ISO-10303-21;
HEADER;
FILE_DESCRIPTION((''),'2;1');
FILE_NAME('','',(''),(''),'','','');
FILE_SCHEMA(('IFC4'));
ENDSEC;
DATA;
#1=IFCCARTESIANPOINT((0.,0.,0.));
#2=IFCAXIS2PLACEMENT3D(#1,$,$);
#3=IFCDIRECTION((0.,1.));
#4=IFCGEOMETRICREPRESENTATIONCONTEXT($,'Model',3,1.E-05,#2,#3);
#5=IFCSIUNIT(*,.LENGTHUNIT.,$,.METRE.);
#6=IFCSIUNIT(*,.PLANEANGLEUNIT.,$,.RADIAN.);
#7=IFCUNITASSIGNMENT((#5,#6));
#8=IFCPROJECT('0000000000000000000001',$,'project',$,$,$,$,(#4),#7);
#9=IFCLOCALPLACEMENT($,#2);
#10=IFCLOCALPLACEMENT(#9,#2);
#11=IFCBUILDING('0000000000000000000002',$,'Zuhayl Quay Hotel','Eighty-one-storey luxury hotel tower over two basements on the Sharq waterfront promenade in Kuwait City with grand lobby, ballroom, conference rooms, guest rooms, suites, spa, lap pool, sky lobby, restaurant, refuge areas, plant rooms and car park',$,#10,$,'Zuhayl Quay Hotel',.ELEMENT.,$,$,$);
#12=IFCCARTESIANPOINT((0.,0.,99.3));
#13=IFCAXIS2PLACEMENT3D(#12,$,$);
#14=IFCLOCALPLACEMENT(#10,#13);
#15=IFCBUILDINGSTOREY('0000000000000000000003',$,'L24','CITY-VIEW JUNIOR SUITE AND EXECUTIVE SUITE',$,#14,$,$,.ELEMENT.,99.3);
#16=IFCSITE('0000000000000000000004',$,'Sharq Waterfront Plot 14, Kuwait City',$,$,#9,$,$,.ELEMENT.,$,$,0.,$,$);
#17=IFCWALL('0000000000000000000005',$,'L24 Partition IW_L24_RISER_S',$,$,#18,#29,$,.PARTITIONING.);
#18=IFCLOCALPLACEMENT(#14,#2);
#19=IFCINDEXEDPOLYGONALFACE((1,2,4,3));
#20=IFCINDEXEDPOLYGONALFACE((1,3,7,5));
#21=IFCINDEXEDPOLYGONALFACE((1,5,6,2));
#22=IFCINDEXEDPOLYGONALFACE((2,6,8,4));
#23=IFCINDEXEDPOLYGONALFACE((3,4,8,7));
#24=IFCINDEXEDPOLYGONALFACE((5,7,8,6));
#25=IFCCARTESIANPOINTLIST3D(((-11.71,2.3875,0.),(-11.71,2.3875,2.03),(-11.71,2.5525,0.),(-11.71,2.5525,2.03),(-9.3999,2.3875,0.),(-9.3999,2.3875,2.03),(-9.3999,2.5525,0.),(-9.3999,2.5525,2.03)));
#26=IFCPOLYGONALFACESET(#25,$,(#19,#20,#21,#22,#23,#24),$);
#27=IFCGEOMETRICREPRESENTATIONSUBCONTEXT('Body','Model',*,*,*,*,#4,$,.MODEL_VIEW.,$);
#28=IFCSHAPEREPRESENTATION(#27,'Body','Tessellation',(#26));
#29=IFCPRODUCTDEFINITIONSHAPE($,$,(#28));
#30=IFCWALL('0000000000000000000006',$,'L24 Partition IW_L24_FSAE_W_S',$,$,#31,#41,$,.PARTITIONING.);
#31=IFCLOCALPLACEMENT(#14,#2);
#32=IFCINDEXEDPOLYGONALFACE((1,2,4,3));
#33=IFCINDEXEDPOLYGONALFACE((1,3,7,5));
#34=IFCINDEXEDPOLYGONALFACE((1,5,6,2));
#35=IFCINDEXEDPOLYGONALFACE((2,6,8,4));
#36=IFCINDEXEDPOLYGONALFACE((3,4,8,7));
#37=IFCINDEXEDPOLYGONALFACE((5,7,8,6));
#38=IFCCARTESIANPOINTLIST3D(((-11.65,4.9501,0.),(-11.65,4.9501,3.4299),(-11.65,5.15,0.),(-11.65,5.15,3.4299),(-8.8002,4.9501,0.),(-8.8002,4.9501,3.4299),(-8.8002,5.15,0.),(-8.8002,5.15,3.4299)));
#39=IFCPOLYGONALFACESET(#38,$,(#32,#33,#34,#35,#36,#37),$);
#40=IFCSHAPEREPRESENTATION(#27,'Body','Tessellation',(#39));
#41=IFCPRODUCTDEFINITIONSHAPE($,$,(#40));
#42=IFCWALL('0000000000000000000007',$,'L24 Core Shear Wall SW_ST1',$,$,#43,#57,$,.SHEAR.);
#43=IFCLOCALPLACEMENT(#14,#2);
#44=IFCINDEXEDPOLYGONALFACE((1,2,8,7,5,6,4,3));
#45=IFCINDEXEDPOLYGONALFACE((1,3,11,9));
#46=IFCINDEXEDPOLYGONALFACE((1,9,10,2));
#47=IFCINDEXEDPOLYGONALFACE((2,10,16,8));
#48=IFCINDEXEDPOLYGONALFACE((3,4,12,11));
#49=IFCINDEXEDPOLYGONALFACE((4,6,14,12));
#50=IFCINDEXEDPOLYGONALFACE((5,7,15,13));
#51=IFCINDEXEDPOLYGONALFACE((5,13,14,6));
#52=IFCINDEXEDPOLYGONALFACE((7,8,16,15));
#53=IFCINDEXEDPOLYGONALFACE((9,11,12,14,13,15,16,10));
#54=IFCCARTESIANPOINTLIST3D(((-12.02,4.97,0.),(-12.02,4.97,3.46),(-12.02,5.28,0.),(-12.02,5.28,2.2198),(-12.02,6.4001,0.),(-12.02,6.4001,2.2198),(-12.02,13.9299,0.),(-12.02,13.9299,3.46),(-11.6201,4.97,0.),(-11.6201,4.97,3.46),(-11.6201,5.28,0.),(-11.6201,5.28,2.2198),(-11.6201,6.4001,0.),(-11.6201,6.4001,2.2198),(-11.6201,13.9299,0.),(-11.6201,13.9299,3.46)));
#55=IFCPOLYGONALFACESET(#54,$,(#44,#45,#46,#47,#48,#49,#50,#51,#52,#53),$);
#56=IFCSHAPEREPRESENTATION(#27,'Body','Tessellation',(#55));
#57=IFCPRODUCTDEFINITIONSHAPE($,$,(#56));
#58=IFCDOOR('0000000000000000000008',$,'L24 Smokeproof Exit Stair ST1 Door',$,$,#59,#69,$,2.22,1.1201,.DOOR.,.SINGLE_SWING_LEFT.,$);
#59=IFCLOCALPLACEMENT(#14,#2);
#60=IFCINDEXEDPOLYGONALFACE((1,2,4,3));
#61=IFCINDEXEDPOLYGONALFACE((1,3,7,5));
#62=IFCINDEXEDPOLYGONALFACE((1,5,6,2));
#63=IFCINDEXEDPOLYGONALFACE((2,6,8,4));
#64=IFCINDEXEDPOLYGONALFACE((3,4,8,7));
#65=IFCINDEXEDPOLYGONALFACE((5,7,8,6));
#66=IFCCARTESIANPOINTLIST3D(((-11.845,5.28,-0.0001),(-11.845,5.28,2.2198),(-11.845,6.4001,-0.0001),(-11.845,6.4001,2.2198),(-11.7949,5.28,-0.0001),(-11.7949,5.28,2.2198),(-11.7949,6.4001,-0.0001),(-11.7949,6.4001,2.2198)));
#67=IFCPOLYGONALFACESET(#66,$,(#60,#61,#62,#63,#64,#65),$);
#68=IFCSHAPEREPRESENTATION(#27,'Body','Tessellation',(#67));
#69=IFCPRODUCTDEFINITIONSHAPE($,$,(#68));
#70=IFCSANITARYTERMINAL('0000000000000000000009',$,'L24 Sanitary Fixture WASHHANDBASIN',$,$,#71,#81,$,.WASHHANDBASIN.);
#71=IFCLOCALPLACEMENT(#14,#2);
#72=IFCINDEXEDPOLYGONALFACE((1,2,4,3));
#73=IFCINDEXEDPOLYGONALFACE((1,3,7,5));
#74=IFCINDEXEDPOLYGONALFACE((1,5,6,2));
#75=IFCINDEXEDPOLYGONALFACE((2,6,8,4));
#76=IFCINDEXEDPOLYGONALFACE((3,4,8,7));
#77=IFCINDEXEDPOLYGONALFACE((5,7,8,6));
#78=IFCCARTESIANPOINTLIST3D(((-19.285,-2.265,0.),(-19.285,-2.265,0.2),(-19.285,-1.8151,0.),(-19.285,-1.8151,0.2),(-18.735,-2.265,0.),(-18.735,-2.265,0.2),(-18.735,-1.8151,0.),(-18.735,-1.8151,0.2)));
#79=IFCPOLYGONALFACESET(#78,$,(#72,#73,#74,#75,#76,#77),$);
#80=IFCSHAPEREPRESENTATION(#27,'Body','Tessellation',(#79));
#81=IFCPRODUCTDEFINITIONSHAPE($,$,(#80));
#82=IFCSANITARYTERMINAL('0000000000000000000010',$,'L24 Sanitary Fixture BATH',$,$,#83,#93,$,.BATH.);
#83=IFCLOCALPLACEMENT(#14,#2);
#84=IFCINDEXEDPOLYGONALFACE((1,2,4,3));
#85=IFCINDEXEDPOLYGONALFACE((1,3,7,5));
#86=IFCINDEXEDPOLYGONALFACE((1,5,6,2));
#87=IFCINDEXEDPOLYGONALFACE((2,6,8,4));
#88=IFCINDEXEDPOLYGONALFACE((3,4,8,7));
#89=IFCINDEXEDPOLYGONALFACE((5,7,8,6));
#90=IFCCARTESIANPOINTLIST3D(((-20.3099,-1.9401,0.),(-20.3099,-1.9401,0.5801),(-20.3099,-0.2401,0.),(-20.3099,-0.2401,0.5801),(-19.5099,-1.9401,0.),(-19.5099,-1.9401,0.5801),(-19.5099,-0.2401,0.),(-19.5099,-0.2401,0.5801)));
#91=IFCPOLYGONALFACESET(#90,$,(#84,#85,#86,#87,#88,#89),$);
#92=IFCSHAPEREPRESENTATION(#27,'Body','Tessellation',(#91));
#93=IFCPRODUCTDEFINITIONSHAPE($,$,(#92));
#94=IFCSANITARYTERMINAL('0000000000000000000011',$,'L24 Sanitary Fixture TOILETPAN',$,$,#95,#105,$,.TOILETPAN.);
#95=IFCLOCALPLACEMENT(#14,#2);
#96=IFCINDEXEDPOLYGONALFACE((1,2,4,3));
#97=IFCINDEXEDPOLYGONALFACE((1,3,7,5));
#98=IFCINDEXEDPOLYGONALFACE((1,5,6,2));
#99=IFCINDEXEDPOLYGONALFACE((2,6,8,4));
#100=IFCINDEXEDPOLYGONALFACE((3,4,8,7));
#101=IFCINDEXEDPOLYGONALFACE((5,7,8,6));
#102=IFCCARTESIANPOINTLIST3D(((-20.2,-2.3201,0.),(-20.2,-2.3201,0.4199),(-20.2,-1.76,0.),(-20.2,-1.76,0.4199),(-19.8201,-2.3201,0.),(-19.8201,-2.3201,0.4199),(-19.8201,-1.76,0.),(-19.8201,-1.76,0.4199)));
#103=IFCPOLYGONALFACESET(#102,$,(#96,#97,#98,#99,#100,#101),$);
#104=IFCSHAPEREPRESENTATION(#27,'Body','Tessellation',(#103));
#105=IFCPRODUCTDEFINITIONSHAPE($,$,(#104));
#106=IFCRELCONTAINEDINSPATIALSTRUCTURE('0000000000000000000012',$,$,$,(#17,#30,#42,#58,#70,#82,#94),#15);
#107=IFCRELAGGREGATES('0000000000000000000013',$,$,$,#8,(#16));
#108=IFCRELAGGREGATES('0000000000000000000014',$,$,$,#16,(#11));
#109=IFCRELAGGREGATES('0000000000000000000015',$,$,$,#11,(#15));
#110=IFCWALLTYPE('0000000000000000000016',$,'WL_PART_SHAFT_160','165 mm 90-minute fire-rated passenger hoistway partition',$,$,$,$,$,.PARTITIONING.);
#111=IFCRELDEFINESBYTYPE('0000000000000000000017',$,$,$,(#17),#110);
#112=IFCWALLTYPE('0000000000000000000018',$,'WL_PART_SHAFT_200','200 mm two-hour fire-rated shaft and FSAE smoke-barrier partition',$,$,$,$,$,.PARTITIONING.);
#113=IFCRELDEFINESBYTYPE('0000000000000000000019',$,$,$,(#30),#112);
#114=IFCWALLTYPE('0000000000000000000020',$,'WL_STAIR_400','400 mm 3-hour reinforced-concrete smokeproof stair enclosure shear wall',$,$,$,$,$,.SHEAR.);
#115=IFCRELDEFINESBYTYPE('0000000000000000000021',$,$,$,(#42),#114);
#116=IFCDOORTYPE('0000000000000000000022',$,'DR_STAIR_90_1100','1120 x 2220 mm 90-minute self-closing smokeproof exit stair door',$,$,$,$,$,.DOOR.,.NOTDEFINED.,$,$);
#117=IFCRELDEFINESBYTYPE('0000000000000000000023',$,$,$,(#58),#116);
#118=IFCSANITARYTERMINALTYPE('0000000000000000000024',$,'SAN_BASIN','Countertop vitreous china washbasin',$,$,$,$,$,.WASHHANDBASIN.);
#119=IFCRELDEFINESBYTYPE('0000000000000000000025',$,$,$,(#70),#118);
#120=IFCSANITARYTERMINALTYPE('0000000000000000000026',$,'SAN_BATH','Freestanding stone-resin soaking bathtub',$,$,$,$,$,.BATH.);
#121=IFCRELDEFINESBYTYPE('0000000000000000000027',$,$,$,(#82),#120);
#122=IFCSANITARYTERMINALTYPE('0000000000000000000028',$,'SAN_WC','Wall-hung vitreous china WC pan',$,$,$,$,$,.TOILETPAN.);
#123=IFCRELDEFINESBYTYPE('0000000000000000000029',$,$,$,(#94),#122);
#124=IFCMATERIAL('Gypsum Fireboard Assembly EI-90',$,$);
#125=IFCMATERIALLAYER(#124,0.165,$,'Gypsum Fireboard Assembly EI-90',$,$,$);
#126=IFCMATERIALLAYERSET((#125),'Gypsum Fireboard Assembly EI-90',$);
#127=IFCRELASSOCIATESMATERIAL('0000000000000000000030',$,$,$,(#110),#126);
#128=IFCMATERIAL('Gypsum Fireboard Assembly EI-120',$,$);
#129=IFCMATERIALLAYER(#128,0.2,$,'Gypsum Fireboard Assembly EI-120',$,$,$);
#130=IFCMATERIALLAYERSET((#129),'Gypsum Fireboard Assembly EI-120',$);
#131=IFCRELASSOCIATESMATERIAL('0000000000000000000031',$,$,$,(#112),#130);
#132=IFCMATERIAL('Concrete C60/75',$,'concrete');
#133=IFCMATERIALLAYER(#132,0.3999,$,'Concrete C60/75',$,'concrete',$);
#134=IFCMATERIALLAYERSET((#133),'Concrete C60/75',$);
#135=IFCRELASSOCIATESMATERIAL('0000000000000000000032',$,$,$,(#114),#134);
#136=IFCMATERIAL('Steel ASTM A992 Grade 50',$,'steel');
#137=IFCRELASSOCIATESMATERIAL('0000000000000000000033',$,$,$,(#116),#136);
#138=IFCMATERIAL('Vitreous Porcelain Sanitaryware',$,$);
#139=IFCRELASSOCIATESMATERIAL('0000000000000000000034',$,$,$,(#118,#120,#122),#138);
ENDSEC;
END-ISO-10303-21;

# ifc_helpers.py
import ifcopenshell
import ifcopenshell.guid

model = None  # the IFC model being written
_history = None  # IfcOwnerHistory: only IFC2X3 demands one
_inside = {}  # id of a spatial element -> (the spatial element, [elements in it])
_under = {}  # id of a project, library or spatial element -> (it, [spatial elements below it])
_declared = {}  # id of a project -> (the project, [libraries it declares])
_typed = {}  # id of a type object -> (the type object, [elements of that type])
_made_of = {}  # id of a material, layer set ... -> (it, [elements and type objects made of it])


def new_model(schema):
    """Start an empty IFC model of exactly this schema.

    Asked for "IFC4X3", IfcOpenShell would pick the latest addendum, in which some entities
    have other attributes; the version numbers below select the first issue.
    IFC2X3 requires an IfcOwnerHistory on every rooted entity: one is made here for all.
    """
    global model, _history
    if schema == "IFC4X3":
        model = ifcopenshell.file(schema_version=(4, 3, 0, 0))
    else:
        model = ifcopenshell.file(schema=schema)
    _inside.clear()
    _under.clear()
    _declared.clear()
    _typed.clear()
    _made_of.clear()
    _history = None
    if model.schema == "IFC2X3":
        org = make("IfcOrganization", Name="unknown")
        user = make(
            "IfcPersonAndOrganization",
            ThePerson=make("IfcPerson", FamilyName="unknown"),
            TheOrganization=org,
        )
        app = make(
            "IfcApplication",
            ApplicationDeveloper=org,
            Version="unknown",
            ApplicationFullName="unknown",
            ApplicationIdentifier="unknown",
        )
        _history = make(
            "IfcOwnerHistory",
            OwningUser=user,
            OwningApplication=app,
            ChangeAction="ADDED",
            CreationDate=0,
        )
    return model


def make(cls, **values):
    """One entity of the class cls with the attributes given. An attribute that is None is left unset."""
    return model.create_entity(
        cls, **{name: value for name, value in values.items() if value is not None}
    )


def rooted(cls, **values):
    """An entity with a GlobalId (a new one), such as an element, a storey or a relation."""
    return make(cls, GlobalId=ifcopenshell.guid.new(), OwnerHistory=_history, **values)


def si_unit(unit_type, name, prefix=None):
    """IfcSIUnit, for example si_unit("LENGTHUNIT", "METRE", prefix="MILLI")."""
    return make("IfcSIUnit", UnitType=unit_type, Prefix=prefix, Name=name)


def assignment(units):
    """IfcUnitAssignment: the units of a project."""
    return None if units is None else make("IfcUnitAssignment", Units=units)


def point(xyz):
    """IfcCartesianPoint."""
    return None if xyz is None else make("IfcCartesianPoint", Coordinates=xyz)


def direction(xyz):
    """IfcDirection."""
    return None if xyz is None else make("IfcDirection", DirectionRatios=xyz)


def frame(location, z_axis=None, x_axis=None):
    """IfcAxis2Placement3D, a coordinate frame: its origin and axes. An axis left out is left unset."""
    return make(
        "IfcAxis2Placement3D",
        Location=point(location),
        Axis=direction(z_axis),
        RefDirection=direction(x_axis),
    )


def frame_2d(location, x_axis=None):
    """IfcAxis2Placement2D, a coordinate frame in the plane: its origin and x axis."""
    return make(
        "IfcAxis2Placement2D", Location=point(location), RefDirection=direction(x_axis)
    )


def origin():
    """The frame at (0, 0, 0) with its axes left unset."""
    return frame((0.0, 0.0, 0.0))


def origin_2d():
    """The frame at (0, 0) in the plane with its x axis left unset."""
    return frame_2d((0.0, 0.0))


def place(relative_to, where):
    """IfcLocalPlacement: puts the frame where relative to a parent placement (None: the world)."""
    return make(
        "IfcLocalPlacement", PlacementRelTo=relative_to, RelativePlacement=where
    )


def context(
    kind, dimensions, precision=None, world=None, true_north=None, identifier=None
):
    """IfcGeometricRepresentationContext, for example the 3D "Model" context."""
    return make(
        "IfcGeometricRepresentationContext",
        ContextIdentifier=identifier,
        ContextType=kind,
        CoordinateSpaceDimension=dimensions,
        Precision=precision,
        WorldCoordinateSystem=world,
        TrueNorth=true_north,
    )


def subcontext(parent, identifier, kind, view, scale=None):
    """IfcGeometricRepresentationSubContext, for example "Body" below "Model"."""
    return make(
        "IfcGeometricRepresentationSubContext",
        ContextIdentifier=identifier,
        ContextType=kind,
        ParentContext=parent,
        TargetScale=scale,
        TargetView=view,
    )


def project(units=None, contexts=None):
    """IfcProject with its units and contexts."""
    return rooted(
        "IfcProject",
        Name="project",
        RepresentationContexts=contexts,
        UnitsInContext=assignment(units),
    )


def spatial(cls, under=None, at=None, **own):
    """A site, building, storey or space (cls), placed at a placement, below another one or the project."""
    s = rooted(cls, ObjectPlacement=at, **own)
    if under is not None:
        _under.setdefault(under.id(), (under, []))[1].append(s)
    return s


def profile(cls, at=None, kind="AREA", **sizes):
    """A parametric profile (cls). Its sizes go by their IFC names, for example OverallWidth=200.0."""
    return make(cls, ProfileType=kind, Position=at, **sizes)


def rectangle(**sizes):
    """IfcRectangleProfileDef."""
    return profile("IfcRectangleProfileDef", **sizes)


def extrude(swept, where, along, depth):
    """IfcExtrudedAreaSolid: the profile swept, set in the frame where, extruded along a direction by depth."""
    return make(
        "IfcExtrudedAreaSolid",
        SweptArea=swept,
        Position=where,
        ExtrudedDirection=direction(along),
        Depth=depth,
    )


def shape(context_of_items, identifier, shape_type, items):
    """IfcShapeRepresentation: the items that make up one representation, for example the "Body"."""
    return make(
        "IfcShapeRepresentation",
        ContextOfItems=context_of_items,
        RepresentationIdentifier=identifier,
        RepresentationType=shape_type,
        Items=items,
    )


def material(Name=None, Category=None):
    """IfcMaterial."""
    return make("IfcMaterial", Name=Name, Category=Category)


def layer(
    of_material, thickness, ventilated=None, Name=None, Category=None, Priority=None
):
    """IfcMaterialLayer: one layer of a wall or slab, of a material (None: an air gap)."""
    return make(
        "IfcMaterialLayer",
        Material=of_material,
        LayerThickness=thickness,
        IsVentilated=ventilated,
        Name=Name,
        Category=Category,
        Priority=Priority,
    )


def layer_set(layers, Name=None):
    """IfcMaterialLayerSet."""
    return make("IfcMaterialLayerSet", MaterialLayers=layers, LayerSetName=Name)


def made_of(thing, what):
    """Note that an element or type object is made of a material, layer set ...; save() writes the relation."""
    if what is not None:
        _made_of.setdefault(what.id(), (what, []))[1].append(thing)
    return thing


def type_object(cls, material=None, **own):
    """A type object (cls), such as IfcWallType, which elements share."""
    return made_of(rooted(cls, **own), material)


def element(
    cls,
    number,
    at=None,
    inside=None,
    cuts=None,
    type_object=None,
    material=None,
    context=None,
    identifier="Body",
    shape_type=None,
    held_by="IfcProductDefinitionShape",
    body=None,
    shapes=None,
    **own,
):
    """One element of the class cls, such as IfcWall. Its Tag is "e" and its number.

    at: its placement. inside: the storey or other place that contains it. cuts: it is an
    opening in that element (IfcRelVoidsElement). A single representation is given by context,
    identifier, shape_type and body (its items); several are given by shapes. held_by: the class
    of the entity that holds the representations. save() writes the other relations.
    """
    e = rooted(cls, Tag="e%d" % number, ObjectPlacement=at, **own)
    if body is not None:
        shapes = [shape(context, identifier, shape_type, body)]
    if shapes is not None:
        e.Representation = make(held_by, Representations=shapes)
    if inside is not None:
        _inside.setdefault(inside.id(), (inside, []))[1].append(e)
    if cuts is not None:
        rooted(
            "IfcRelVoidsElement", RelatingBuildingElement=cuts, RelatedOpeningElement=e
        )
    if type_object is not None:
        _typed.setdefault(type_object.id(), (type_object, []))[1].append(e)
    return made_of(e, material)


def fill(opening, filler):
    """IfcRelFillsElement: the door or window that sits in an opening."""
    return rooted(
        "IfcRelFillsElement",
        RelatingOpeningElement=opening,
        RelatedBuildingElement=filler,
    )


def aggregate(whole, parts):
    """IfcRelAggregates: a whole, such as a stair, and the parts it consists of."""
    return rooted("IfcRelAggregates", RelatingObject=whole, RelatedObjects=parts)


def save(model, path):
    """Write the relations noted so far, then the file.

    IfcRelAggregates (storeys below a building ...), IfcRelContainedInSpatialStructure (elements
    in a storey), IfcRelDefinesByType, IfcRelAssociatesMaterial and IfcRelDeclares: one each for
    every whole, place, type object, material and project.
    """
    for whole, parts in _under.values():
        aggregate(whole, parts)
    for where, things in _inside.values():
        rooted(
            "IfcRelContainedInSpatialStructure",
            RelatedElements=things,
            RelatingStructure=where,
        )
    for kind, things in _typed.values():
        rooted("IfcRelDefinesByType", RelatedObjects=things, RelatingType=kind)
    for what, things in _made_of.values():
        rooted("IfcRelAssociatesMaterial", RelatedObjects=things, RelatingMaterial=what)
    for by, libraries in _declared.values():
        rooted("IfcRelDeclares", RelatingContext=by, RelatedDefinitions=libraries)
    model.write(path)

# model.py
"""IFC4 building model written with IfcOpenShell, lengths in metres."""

from ifc_helpers import new_model, si_unit, direction, frame, frame_2d, origin, origin_2d, place, context, subcontext, project, spatial, rectangle, extrude, material, layer, layer_set, type_object, element, fill, save


model = new_model("IFC4")

# Units and contexts
model_context = context("Model", 3, precision=1e-05, world=origin(), true_north=direction((0.0, 1.0)))
body_context = subcontext(model_context, "Body", "Model", "MODEL_VIEW")
ifc_project = project(units=[si_unit("LENGTHUNIT", "METRE"), si_unit("PLANEANGLEUNIT", "RADIAN")], contexts=[model_context])

# Site, building, storey
site_placement = place(None, origin())
site = spatial("IfcSite", under=ifc_project, at=site_placement, Name="Sharq Waterfront Plot 14, Kuwait City", CompositionType="ELEMENT", RefElevation=0.0)
building_placement = place(site_placement, origin())
building = spatial("IfcBuilding", under=site, at=building_placement, Name="Zuhayl Quay Hotel", Description="Eighty-one-storey luxury hotel tower over two basements on the Sharq waterfront promenade in Kuwait City with grand lobby, ballroom, conference rooms, guest rooms, suites, spa, lap pool, sky lobby, restaurant, refuge areas, plant rooms and car park", LongName="Zuhayl Quay Hotel", CompositionType="ELEMENT")
storey_placement = place(building_placement, frame((0.0, 0.0, 99.3)))
storey = spatial("IfcBuildingStorey", under=building, at=storey_placement, Name="L24", Description="CITY-VIEW JUNIOR SUITE AND EXECUTIVE SUITE", CompositionType="ELEMENT", Elevation=99.3)

# Shared definitions
ifc_material_1 = material(Name="Steel ASTM A992 Grade 50", Category="steel")
ifc_material_2 = material(Name="Concrete C60/75", Category="concrete")

# Walls
ifc_material_3 = material(Name="Gypsum Fireboard Assembly EI-90")
ifc_layer_1 = layer(ifc_material_3, 0.165, Name="Gypsum Fireboard Assembly EI-90")
ifc_layer_set_1 = layer_set([ifc_layer_1], Name="Gypsum Fireboard Assembly EI-90")
wall_type_1 = type_object("IfcWallType", Name="WL_PART_SHAFT_160", Description="165 mm 90-minute fire-rated passenger hoistway partition", PredefinedType="PARTITIONING", material=ifc_layer_set_1)
wall_1_placement = place(storey_placement, frame((-11.71, 2.47, 0.0), z_axis=(0.0, 0.0, 1.0), x_axis=(1.0, 0.0, 0.0)))
element("IfcWall", 1, at=wall_1_placement, inside=storey, type_object=wall_type_1, Name="L24 Partition IW_L24_RISER_S", PredefinedType="PARTITIONING", context=body_context, shape_type="SweptSolid", body=[
    extrude(rectangle(XDim=2.3101, YDim=0.165, at=frame_2d((1.155, 0.0))), origin(), (0.0, 0.0, 1.0), 2.03),
])
ifc_material_4 = material(Name="Gypsum Fireboard Assembly EI-120")
ifc_layer_2 = layer(ifc_material_4, 0.2, Name="Gypsum Fireboard Assembly EI-120")
ifc_layer_set_2 = layer_set([ifc_layer_2], Name="Gypsum Fireboard Assembly EI-120")
wall_type_2 = type_object("IfcWallType", Name="WL_PART_SHAFT_200", Description="200 mm two-hour fire-rated shaft and FSAE smoke-barrier partition", PredefinedType="PARTITIONING", material=ifc_layer_set_2)
wall_2_placement = place(storey_placement, frame((-11.6499, 5.05, 0.0), z_axis=(0.0, 0.0, 1.0), x_axis=(1.0, 0.0, 0.0)))
element("IfcWall", 2, at=wall_2_placement, inside=storey, type_object=wall_type_2, Name="L24 Partition IW_L24_FSAE_W_S", PredefinedType="PARTITIONING", context=body_context, shape_type="SweptSolid", body=[
    extrude(rectangle(XDim=2.8499, YDim=0.2, at=frame_2d((1.4248, 0.0))), origin(), (0.0, 0.0, 1.0), 3.4299),
])

# Wall, opening, door
ifc_layer_3 = layer(ifc_material_2, 0.3999, Name="Concrete C60/75", Category="concrete")
ifc_layer_set_3 = layer_set([ifc_layer_3], Name="Concrete C60/75")
wall_type_3 = type_object("IfcWallType", Name="WL_STAIR_400", Description="400 mm 3-hour reinforced-concrete smokeproof stair enclosure shear wall", PredefinedType="SHEAR", material=ifc_layer_set_3)
wall_3_placement = place(storey_placement, frame((-11.8201, 4.97, 0.0), z_axis=(0.0, 0.0, 1.0), x_axis=(0.0, 1.0, 0.0)))
wall_3 = element("IfcWall", 3, at=wall_3_placement, inside=storey, type_object=wall_type_3, Name="L24 Core Shear Wall SW_ST1", PredefinedType="SHEAR", context=body_context, shape_type="SweptSolid", body=[
    extrude(rectangle(XDim=8.96, YDim=0.3999, at=frame_2d((4.48, 0.0))), origin(), (0.0, 0.0, 1.0), 3.46),
])
opening_1_placement = place(wall_3_placement, frame((0.3101, 0.0, 0.0)))
opening_1 = element("IfcOpeningElement", 4, at=opening_1_placement, cuts=wall_3, PredefinedType="OPENING", context=body_context, shape_type="SweptSolid", body=[
    extrude(rectangle(XDim=1.1201, YDim=2.22, at=frame_2d((0.5601, 1.1099))), frame((0.0, 0.21, 0.0), z_axis=(0.0, -1.0, 0.0), x_axis=(1.0, 0.0, 0.0)), (0.0, 0.0, 1.0), 0.4199),
])
door_type_1 = type_object("IfcDoorType", Name="DR_STAIR_90_1100", Description="1120 x 2220 mm 90-minute self-closing smokeproof exit stair door", OperationType="NOTDEFINED", PredefinedType="DOOR", material=ifc_material_1)
door_1_placement = place(opening_1_placement, origin())
door_1 = element("IfcDoor", 5, at=door_1_placement, inside=storey, type_object=door_type_1, Name="L24 Smokeproof Exit Stair ST1 Door", OperationType="SINGLE_SWING_LEFT", OverallHeight=2.22, OverallWidth=1.1201, PredefinedType="DOOR", context=body_context, shape_type="SweptSolid", body=[
    extrude(rectangle(XDim=1.1201, YDim=2.22, at=frame_2d((0.5601, 1.1099))), frame((0.0, 0.0249, 0.0), z_axis=(0.0, -1.0, 0.0), x_axis=(1.0, 0.0, 0.0)), (0.0, 0.0, 1.0), 0.05),
])
fill(opening_1, door_1)

# Sanitary terminals
ifc_material_5 = material(Name="Vitreous Porcelain Sanitaryware")
sanitary_terminal_type_1 = type_object("IfcSanitaryTerminalType", Name="SAN_BASIN", Description="Countertop vitreous china washbasin", PredefinedType="WASHHANDBASIN", material=ifc_material_5)
sanitary_terminal_1_placement = place(storey_placement, frame((-19.01, -2.04, 0.0), z_axis=(0.0, 0.0, 1.0), x_axis=(1.0, 0.0, 0.0)))
element("IfcSanitaryTerminal", 6, at=sanitary_terminal_1_placement, inside=storey, type_object=sanitary_terminal_type_1, Name="L24 Sanitary Fixture WASHHANDBASIN", PredefinedType="WASHHANDBASIN", context=body_context, shape_type="SweptSolid", body=[
    extrude(rectangle(XDim=0.55, YDim=0.45, at=origin_2d()), origin(), (0.0, 0.0, 1.0), 0.2),
])
sanitary_terminal_type_2 = type_object("IfcSanitaryTerminalType", Name="SAN_BATH", Description="Freestanding stone-resin soaking bathtub", PredefinedType="BATH", material=ifc_material_5)
sanitary_terminal_2_placement = place(storey_placement, frame((-19.9099, -1.0901, 0.0), z_axis=(0.0, 0.0, 1.0), x_axis=(1.0, 0.0, 0.0)))
element("IfcSanitaryTerminal", 7, at=sanitary_terminal_2_placement, inside=storey, type_object=sanitary_terminal_type_2, Name="L24 Sanitary Fixture BATH", PredefinedType="BATH", context=body_context, shape_type="SweptSolid", body=[
    extrude(rectangle(XDim=0.8, YDim=1.7, at=origin_2d()), origin(), (0.0, 0.0, 1.0), 0.5801),
])
sanitary_terminal_type_3 = type_object("IfcSanitaryTerminalType", Name="SAN_WC", Description="Wall-hung vitreous china WC pan", PredefinedType="TOILETPAN", material=ifc_material_5)
sanitary_terminal_3_placement = place(storey_placement, frame((-20.01, -2.04, 0.0), z_axis=(0.0, 0.0, 1.0), x_axis=(1.0, 0.0, 0.0)))
element("IfcSanitaryTerminal", 8, at=sanitary_terminal_3_placement, inside=storey, type_object=sanitary_terminal_type_3, Name="L24 Sanitary Fixture TOILETPAN", PredefinedType="TOILETPAN", context=body_context, shape_type="SweptSolid", body=[
    extrude(rectangle(XDim=0.3799, YDim=0.5601, at=origin_2d()), origin(), (0.0, 0.0, 1.0), 0.4199),
])

save(model, "model.ifc")
